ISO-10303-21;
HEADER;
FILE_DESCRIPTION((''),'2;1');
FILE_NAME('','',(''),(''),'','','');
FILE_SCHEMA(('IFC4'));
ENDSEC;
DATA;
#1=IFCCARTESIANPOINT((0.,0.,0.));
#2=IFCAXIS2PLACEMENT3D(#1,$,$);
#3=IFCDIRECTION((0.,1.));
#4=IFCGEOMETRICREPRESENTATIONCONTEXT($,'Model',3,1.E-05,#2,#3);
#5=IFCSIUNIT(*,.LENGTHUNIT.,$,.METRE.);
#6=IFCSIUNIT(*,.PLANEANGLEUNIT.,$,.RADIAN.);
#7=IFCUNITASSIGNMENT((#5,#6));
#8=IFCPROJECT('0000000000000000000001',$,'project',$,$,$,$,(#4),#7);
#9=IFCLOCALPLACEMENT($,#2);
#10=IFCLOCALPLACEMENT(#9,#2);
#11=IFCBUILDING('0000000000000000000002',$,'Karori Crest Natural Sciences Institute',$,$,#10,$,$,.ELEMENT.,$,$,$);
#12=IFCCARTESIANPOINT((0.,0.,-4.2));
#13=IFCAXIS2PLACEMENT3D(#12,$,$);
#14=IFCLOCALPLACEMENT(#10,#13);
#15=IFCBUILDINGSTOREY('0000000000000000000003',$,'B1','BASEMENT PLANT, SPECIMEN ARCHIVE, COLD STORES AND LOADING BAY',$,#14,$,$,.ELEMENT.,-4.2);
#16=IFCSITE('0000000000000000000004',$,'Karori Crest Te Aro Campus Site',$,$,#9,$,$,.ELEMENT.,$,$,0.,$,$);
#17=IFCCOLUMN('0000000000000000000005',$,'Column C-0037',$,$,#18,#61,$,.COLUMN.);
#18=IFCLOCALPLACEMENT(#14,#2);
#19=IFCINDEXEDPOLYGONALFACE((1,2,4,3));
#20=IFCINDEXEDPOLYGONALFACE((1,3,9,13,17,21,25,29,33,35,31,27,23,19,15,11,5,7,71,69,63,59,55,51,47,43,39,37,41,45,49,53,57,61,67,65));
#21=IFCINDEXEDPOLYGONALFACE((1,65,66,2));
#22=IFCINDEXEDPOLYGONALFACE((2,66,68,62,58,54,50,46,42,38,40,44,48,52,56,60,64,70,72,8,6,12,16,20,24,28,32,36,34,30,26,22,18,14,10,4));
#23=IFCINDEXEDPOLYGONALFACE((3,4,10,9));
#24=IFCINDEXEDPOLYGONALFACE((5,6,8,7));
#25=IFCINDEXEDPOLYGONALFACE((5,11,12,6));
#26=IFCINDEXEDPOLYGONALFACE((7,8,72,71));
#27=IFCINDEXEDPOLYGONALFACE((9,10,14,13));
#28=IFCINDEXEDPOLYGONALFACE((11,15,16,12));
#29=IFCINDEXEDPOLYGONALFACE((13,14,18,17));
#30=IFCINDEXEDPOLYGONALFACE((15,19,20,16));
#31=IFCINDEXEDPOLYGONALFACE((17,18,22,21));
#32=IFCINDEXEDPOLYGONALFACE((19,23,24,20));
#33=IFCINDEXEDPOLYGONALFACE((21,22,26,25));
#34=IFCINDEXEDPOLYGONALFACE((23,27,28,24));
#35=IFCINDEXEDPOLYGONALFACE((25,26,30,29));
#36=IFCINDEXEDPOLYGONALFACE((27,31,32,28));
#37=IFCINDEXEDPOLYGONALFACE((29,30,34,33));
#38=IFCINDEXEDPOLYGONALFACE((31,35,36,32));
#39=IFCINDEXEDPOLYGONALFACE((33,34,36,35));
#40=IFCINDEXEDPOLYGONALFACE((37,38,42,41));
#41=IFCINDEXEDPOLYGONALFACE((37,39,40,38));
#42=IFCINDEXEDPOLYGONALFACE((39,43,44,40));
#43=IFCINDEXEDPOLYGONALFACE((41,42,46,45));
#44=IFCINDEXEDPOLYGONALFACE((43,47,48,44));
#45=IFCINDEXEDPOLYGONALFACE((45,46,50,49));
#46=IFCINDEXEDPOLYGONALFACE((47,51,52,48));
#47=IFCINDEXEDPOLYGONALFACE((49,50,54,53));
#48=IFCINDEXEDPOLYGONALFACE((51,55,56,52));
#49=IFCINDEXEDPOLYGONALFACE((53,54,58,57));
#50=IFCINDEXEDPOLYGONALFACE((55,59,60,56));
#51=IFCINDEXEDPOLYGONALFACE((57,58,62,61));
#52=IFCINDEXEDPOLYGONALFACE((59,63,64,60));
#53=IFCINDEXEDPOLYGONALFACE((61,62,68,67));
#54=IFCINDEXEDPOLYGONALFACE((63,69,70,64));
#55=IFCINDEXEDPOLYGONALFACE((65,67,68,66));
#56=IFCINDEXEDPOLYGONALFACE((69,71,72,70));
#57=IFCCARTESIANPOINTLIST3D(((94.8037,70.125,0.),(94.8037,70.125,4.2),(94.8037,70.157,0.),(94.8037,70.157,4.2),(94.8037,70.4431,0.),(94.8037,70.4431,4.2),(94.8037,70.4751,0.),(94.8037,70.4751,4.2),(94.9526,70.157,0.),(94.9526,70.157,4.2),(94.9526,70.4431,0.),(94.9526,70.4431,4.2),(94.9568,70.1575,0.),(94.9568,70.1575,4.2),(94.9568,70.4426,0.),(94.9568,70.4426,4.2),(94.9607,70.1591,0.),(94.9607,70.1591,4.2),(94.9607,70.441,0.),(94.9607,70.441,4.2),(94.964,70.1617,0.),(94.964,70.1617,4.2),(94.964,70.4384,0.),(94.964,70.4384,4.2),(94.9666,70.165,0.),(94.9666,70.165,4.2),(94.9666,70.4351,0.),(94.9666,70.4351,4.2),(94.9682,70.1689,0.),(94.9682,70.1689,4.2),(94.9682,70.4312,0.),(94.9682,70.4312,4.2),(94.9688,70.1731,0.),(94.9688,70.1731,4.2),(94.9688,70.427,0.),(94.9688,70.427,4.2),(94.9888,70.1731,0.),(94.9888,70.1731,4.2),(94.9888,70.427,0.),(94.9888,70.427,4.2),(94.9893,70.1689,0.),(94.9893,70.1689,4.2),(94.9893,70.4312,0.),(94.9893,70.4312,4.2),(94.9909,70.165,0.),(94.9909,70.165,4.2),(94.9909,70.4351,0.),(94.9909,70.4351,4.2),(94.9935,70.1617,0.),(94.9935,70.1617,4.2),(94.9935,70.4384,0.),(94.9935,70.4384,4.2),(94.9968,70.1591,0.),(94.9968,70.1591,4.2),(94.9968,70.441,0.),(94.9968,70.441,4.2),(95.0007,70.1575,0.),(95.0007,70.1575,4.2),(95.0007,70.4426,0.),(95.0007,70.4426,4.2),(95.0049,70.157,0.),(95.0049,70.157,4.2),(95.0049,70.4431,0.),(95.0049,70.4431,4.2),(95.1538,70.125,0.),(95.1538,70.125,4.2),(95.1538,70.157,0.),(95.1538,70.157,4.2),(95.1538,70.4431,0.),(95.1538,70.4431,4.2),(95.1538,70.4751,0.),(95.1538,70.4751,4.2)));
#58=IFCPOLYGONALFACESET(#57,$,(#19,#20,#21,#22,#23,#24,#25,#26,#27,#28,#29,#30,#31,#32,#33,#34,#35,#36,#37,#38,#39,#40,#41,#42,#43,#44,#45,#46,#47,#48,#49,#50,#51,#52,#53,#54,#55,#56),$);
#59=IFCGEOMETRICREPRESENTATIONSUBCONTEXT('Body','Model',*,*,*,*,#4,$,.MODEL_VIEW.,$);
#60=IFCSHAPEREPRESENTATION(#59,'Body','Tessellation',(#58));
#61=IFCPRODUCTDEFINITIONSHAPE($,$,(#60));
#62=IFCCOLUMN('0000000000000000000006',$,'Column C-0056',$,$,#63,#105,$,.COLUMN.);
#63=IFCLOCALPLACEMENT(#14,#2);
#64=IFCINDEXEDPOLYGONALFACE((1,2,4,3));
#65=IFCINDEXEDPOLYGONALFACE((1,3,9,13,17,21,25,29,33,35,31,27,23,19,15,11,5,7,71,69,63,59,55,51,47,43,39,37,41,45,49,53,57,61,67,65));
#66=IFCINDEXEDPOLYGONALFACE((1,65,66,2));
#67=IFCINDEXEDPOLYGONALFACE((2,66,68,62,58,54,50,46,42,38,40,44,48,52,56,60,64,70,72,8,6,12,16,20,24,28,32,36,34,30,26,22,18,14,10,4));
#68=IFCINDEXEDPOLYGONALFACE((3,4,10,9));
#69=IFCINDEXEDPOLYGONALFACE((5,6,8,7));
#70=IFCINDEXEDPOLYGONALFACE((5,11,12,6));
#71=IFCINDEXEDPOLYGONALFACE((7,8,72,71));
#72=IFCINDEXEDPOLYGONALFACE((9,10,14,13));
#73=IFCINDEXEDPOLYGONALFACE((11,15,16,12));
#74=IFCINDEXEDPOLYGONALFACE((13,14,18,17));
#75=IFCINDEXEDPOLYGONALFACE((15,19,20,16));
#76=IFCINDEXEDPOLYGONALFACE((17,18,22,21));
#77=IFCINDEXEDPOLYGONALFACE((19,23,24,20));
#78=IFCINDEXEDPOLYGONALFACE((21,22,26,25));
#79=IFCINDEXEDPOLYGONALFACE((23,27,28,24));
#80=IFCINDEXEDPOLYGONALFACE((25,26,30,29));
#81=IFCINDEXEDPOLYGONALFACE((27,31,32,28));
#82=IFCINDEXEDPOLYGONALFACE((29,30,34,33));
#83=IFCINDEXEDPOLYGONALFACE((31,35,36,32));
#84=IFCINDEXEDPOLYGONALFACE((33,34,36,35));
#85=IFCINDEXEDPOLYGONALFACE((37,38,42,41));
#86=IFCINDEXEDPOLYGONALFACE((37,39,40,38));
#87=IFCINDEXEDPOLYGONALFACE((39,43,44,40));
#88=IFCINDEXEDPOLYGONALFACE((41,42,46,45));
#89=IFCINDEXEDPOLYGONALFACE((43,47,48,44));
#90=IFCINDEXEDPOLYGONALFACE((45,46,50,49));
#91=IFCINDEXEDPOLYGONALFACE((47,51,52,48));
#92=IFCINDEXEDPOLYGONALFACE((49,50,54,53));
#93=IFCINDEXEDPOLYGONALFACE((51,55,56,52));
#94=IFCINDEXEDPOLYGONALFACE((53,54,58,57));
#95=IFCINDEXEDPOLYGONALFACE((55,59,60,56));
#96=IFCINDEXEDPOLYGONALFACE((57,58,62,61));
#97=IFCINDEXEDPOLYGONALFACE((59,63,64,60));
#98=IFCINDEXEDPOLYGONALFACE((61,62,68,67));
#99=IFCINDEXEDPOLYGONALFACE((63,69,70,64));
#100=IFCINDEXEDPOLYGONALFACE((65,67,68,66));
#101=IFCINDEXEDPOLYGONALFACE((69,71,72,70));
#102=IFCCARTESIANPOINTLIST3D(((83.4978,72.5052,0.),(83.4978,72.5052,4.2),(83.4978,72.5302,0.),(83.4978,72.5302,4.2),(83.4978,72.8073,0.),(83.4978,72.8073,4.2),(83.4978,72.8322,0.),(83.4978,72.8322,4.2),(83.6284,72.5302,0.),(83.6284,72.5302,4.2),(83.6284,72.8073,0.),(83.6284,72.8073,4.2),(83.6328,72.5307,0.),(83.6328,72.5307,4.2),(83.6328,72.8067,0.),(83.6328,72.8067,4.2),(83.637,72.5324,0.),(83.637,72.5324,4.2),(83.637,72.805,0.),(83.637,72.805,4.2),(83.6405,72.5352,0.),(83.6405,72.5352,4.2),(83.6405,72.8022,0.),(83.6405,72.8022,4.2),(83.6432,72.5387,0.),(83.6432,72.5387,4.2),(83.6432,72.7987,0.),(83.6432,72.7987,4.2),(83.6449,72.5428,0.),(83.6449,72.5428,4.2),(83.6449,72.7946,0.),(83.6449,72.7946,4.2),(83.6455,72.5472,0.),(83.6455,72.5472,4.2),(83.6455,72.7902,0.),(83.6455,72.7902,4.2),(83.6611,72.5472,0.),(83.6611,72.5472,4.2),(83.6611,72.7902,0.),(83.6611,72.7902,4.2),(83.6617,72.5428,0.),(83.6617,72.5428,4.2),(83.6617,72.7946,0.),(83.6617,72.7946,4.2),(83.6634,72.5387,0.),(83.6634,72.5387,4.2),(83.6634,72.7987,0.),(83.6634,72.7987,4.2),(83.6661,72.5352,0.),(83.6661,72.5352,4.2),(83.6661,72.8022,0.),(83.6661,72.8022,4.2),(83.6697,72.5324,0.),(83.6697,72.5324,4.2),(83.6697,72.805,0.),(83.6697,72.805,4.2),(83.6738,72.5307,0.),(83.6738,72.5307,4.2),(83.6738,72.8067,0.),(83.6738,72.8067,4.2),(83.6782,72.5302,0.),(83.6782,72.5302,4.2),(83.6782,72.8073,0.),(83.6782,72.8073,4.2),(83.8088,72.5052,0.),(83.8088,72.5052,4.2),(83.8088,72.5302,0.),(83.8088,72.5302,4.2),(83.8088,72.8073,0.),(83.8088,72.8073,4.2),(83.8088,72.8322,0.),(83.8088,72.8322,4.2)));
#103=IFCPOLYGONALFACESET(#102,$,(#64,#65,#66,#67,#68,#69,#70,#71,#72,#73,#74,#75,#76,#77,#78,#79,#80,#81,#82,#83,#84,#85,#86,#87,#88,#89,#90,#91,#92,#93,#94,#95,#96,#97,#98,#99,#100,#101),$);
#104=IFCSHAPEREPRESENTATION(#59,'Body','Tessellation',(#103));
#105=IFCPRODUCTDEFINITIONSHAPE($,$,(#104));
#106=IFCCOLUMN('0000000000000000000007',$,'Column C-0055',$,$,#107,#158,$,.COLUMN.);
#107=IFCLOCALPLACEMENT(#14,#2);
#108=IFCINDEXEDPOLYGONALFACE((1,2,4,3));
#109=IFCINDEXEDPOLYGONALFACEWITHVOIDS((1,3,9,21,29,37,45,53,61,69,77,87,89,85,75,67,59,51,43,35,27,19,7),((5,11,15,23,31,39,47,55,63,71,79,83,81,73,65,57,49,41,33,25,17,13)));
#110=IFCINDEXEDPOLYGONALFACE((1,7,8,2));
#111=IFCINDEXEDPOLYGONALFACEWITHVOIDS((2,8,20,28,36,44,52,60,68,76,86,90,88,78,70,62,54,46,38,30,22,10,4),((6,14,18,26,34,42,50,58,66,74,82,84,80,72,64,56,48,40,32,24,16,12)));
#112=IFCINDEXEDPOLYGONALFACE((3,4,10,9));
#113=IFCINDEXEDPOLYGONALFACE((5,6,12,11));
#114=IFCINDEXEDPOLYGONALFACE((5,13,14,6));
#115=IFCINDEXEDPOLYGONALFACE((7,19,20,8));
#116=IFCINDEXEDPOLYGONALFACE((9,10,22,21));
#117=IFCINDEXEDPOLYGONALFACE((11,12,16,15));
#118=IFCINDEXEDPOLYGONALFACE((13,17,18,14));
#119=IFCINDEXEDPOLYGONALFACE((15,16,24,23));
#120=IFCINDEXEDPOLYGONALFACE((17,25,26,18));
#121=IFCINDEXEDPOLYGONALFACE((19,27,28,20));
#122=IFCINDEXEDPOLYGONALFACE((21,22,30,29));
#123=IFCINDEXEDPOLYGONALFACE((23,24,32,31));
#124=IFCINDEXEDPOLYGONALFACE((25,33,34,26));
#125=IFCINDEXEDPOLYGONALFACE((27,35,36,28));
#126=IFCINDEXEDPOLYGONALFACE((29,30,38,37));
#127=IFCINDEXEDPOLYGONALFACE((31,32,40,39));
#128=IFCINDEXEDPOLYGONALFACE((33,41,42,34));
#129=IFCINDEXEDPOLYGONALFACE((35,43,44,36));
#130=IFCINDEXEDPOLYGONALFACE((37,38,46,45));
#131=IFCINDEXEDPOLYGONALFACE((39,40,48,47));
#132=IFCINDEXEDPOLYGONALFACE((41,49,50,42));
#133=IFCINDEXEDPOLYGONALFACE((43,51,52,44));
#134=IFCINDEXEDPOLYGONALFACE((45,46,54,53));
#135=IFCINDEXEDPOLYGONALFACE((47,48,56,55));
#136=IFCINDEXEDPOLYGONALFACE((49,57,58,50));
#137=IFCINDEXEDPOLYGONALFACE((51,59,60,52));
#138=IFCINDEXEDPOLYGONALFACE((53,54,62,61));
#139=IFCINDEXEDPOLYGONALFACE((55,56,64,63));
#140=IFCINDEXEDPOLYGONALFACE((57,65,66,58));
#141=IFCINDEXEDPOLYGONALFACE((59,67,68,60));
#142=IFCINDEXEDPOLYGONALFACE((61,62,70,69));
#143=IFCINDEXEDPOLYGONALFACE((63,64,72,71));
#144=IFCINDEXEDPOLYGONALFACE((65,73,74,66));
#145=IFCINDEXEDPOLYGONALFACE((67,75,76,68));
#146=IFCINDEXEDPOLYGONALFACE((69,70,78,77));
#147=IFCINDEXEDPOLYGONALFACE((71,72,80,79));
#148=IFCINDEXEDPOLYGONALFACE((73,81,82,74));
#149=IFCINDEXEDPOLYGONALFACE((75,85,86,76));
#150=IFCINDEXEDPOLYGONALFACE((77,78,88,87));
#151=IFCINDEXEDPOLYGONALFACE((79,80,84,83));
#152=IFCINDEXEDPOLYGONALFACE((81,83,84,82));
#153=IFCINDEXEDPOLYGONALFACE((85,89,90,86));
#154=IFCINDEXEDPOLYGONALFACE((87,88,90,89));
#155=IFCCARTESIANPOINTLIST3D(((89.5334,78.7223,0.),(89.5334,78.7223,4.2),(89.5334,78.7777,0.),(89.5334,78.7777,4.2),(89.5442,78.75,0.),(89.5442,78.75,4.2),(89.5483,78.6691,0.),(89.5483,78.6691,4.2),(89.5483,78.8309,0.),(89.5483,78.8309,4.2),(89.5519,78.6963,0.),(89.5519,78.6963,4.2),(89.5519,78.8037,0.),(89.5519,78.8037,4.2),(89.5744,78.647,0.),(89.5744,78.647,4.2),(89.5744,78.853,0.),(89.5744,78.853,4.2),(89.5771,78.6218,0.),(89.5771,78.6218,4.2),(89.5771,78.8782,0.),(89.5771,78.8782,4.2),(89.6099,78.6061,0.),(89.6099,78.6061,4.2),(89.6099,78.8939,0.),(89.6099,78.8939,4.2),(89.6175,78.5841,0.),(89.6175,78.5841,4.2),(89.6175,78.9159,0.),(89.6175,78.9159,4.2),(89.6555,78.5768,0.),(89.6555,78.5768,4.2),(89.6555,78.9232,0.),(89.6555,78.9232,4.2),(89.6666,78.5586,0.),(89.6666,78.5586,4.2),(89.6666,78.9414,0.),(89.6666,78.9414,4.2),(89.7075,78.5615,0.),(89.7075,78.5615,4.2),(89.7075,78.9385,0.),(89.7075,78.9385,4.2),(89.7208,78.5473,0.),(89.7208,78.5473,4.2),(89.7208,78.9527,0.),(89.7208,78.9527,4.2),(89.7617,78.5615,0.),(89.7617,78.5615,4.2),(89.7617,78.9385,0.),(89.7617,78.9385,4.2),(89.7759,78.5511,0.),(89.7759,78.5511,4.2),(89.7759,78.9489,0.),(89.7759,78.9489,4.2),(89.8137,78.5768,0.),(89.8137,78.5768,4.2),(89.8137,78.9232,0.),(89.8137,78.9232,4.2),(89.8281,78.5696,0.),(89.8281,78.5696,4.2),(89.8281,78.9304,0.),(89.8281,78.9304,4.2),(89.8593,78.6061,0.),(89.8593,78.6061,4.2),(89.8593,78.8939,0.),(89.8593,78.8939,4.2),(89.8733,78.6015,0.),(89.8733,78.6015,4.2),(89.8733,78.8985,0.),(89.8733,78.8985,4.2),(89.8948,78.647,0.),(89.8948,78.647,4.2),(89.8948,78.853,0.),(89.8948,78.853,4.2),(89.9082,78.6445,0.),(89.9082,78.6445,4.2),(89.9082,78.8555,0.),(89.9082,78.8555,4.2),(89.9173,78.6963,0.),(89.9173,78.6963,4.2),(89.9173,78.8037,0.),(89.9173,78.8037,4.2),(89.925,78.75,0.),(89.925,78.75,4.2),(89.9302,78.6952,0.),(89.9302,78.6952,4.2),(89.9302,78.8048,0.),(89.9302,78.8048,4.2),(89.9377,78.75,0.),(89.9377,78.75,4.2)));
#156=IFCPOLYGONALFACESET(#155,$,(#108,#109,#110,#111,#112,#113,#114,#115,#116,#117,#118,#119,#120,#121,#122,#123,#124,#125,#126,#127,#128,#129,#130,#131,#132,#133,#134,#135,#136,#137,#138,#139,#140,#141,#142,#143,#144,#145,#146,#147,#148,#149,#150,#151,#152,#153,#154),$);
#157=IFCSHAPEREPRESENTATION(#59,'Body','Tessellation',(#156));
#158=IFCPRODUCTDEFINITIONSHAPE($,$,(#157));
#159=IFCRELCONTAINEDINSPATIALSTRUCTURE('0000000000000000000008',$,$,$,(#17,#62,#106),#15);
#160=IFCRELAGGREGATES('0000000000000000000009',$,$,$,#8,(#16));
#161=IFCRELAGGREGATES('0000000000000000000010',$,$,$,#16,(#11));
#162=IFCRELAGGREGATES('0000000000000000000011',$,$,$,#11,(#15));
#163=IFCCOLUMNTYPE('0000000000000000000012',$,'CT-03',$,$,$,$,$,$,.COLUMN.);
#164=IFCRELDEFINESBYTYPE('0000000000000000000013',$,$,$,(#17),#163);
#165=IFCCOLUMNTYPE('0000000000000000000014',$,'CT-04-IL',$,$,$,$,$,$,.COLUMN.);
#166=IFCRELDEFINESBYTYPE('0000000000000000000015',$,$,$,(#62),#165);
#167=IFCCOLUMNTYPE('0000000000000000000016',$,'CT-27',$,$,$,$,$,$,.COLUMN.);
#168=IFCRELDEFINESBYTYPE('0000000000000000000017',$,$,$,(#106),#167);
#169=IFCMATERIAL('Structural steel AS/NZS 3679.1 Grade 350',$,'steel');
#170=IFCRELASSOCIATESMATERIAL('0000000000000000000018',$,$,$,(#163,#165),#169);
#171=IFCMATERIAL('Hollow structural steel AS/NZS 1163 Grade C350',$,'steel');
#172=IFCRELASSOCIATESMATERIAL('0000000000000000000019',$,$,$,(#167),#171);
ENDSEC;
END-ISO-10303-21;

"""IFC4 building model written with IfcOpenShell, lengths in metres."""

from ifc_helpers import new_model, si_unit, direction, frame, origin, origin_2d, place, context, subcontext, project, spatial, hollow_circle, i_section, extrude, material, material_profile, profile_set, type_object, element, save


model = new_model("IFC4")

# Units and contexts
model_context = context("Model", 3, precision=1e-05, world=origin(), true_north=direction((0.0, 1.0)))
body_context = subcontext(model_context, "Body", "Model", "MODEL_VIEW")
ifc_project = project(units=[si_unit("LENGTHUNIT", "METRE"), si_unit("PLANEANGLEUNIT", "RADIAN")], contexts=[model_context])

# Site, building, storey
site_placement = place(None, origin())
site = spatial("IfcSite", under=ifc_project, at=site_placement, Name="Karori Crest Te Aro Campus Site", CompositionType="ELEMENT", RefElevation=0.0)
building_placement = place(site_placement, origin())
building = spatial("IfcBuilding", under=site, at=building_placement, Name="Karori Crest Natural Sciences Institute", CompositionType="ELEMENT")
storey_placement = place(building_placement, frame((0.0, 0.0, -4.2)))
storey = spatial("IfcBuildingStorey", under=building, at=storey_placement, Name="B1", Description="BASEMENT PLANT, SPECIMEN ARCHIVE, COLD STORES AND LOADING BAY", CompositionType="ELEMENT", Elevation=-4.2)

# Columns
ifc_material_1 = material(Name="Structural steel AS/NZS 3679.1 Grade 350", Category="steel")
ifc_material_profile_1 = material_profile(ifc_material_1, i_section(OverallWidth=0.3501, OverallDepth=0.3501, WebThickness=0.02, FlangeThickness=0.032, FilletRadius=0.0161, at=origin_2d()), Name="350WC280")
ifc_profile_set_1 = profile_set([ifc_material_profile_1], Name="Structural steel AS/NZS 3679.1 Grade 350")
column_type_1 = type_object("IfcColumnType", Name="CT-03", PredefinedType="COLUMN", material=ifc_profile_set_1)
column_1_placement = place(storey_placement, frame((94.9788, 70.3, 0.0), z_axis=(0.0, 0.0, 1.0), x_axis=(1.0, 0.0, 0.0)))
element("IfcColumn", 1, at=column_1_placement, inside=storey, type_object=column_type_1, Name="Column C-0037", PredefinedType="COLUMN", context=body_context, shape_type="SweptSolid", body=[
    extrude(i_section(OverallWidth=0.3501, OverallDepth=0.3501, WebThickness=0.02, FlangeThickness=0.032, FilletRadius=0.0161, at=origin_2d()), origin(), (0.0, 0.0, 1.0), 4.2),
])
ifc_material_profile_2 = material_profile(ifc_material_1, i_section(OverallWidth=0.311, OverallDepth=0.3269, WebThickness=0.0156, FlangeThickness=0.0249, FilletRadius=0.0171, at=origin_2d()), Name="310UC158")
ifc_profile_set_2 = profile_set([ifc_material_profile_2], Name="Structural steel AS/NZS 3679.1 Grade 350")
column_type_2 = type_object("IfcColumnType", Name="CT-04-IL", PredefinedType="COLUMN", material=ifc_profile_set_2)
column_2_placement = place(storey_placement, frame((83.6533, 72.6687, 0.0), z_axis=(0.0, 0.0, 1.0), x_axis=(1.0, 0.0, 0.0)))
element("IfcColumn", 2, at=column_2_placement, inside=storey, type_object=column_type_2, Name="Column C-0056", PredefinedType="COLUMN", context=body_context, shape_type="SweptSolid", body=[
    extrude(i_section(OverallWidth=0.311, OverallDepth=0.3269, WebThickness=0.0156, FlangeThickness=0.0249, FilletRadius=0.0171, at=origin_2d()), origin(), (0.0, 0.0, 1.0), 4.2),
])
ifc_material_2 = material(Name="Hollow structural steel AS/NZS 1163 Grade C350", Category="steel")
ifc_material_profile_3 = material_profile(ifc_material_2, hollow_circle(Radius=0.2031, WallThickness=0.0127, at=origin_2d()), Name="CHS406.4x12.7")
ifc_profile_set_3 = profile_set([ifc_material_profile_3], Name="Hollow structural steel AS/NZS 1163 Grade C350")
column_type_3 = type_object("IfcColumnType", Name="CT-27", PredefinedType="COLUMN", material=ifc_profile_set_3)
column_3_placement = place(storey_placement, frame((89.7346, 78.75, 0.0), z_axis=(0.0, 0.0, 1.0), x_axis=(1.0, 0.0, 0.0)))
element("IfcColumn", 3, at=column_3_placement, inside=storey, type_object=column_type_3, Name="Column C-0055", PredefinedType="COLUMN", context=body_context, shape_type="SweptSolid", body=[
    extrude(hollow_circle(Radius=0.2031, WallThickness=0.0127, at=origin_2d()), origin(), (0.0, 0.0, 1.0), 4.2),
])

save(model, "model.ifc")
